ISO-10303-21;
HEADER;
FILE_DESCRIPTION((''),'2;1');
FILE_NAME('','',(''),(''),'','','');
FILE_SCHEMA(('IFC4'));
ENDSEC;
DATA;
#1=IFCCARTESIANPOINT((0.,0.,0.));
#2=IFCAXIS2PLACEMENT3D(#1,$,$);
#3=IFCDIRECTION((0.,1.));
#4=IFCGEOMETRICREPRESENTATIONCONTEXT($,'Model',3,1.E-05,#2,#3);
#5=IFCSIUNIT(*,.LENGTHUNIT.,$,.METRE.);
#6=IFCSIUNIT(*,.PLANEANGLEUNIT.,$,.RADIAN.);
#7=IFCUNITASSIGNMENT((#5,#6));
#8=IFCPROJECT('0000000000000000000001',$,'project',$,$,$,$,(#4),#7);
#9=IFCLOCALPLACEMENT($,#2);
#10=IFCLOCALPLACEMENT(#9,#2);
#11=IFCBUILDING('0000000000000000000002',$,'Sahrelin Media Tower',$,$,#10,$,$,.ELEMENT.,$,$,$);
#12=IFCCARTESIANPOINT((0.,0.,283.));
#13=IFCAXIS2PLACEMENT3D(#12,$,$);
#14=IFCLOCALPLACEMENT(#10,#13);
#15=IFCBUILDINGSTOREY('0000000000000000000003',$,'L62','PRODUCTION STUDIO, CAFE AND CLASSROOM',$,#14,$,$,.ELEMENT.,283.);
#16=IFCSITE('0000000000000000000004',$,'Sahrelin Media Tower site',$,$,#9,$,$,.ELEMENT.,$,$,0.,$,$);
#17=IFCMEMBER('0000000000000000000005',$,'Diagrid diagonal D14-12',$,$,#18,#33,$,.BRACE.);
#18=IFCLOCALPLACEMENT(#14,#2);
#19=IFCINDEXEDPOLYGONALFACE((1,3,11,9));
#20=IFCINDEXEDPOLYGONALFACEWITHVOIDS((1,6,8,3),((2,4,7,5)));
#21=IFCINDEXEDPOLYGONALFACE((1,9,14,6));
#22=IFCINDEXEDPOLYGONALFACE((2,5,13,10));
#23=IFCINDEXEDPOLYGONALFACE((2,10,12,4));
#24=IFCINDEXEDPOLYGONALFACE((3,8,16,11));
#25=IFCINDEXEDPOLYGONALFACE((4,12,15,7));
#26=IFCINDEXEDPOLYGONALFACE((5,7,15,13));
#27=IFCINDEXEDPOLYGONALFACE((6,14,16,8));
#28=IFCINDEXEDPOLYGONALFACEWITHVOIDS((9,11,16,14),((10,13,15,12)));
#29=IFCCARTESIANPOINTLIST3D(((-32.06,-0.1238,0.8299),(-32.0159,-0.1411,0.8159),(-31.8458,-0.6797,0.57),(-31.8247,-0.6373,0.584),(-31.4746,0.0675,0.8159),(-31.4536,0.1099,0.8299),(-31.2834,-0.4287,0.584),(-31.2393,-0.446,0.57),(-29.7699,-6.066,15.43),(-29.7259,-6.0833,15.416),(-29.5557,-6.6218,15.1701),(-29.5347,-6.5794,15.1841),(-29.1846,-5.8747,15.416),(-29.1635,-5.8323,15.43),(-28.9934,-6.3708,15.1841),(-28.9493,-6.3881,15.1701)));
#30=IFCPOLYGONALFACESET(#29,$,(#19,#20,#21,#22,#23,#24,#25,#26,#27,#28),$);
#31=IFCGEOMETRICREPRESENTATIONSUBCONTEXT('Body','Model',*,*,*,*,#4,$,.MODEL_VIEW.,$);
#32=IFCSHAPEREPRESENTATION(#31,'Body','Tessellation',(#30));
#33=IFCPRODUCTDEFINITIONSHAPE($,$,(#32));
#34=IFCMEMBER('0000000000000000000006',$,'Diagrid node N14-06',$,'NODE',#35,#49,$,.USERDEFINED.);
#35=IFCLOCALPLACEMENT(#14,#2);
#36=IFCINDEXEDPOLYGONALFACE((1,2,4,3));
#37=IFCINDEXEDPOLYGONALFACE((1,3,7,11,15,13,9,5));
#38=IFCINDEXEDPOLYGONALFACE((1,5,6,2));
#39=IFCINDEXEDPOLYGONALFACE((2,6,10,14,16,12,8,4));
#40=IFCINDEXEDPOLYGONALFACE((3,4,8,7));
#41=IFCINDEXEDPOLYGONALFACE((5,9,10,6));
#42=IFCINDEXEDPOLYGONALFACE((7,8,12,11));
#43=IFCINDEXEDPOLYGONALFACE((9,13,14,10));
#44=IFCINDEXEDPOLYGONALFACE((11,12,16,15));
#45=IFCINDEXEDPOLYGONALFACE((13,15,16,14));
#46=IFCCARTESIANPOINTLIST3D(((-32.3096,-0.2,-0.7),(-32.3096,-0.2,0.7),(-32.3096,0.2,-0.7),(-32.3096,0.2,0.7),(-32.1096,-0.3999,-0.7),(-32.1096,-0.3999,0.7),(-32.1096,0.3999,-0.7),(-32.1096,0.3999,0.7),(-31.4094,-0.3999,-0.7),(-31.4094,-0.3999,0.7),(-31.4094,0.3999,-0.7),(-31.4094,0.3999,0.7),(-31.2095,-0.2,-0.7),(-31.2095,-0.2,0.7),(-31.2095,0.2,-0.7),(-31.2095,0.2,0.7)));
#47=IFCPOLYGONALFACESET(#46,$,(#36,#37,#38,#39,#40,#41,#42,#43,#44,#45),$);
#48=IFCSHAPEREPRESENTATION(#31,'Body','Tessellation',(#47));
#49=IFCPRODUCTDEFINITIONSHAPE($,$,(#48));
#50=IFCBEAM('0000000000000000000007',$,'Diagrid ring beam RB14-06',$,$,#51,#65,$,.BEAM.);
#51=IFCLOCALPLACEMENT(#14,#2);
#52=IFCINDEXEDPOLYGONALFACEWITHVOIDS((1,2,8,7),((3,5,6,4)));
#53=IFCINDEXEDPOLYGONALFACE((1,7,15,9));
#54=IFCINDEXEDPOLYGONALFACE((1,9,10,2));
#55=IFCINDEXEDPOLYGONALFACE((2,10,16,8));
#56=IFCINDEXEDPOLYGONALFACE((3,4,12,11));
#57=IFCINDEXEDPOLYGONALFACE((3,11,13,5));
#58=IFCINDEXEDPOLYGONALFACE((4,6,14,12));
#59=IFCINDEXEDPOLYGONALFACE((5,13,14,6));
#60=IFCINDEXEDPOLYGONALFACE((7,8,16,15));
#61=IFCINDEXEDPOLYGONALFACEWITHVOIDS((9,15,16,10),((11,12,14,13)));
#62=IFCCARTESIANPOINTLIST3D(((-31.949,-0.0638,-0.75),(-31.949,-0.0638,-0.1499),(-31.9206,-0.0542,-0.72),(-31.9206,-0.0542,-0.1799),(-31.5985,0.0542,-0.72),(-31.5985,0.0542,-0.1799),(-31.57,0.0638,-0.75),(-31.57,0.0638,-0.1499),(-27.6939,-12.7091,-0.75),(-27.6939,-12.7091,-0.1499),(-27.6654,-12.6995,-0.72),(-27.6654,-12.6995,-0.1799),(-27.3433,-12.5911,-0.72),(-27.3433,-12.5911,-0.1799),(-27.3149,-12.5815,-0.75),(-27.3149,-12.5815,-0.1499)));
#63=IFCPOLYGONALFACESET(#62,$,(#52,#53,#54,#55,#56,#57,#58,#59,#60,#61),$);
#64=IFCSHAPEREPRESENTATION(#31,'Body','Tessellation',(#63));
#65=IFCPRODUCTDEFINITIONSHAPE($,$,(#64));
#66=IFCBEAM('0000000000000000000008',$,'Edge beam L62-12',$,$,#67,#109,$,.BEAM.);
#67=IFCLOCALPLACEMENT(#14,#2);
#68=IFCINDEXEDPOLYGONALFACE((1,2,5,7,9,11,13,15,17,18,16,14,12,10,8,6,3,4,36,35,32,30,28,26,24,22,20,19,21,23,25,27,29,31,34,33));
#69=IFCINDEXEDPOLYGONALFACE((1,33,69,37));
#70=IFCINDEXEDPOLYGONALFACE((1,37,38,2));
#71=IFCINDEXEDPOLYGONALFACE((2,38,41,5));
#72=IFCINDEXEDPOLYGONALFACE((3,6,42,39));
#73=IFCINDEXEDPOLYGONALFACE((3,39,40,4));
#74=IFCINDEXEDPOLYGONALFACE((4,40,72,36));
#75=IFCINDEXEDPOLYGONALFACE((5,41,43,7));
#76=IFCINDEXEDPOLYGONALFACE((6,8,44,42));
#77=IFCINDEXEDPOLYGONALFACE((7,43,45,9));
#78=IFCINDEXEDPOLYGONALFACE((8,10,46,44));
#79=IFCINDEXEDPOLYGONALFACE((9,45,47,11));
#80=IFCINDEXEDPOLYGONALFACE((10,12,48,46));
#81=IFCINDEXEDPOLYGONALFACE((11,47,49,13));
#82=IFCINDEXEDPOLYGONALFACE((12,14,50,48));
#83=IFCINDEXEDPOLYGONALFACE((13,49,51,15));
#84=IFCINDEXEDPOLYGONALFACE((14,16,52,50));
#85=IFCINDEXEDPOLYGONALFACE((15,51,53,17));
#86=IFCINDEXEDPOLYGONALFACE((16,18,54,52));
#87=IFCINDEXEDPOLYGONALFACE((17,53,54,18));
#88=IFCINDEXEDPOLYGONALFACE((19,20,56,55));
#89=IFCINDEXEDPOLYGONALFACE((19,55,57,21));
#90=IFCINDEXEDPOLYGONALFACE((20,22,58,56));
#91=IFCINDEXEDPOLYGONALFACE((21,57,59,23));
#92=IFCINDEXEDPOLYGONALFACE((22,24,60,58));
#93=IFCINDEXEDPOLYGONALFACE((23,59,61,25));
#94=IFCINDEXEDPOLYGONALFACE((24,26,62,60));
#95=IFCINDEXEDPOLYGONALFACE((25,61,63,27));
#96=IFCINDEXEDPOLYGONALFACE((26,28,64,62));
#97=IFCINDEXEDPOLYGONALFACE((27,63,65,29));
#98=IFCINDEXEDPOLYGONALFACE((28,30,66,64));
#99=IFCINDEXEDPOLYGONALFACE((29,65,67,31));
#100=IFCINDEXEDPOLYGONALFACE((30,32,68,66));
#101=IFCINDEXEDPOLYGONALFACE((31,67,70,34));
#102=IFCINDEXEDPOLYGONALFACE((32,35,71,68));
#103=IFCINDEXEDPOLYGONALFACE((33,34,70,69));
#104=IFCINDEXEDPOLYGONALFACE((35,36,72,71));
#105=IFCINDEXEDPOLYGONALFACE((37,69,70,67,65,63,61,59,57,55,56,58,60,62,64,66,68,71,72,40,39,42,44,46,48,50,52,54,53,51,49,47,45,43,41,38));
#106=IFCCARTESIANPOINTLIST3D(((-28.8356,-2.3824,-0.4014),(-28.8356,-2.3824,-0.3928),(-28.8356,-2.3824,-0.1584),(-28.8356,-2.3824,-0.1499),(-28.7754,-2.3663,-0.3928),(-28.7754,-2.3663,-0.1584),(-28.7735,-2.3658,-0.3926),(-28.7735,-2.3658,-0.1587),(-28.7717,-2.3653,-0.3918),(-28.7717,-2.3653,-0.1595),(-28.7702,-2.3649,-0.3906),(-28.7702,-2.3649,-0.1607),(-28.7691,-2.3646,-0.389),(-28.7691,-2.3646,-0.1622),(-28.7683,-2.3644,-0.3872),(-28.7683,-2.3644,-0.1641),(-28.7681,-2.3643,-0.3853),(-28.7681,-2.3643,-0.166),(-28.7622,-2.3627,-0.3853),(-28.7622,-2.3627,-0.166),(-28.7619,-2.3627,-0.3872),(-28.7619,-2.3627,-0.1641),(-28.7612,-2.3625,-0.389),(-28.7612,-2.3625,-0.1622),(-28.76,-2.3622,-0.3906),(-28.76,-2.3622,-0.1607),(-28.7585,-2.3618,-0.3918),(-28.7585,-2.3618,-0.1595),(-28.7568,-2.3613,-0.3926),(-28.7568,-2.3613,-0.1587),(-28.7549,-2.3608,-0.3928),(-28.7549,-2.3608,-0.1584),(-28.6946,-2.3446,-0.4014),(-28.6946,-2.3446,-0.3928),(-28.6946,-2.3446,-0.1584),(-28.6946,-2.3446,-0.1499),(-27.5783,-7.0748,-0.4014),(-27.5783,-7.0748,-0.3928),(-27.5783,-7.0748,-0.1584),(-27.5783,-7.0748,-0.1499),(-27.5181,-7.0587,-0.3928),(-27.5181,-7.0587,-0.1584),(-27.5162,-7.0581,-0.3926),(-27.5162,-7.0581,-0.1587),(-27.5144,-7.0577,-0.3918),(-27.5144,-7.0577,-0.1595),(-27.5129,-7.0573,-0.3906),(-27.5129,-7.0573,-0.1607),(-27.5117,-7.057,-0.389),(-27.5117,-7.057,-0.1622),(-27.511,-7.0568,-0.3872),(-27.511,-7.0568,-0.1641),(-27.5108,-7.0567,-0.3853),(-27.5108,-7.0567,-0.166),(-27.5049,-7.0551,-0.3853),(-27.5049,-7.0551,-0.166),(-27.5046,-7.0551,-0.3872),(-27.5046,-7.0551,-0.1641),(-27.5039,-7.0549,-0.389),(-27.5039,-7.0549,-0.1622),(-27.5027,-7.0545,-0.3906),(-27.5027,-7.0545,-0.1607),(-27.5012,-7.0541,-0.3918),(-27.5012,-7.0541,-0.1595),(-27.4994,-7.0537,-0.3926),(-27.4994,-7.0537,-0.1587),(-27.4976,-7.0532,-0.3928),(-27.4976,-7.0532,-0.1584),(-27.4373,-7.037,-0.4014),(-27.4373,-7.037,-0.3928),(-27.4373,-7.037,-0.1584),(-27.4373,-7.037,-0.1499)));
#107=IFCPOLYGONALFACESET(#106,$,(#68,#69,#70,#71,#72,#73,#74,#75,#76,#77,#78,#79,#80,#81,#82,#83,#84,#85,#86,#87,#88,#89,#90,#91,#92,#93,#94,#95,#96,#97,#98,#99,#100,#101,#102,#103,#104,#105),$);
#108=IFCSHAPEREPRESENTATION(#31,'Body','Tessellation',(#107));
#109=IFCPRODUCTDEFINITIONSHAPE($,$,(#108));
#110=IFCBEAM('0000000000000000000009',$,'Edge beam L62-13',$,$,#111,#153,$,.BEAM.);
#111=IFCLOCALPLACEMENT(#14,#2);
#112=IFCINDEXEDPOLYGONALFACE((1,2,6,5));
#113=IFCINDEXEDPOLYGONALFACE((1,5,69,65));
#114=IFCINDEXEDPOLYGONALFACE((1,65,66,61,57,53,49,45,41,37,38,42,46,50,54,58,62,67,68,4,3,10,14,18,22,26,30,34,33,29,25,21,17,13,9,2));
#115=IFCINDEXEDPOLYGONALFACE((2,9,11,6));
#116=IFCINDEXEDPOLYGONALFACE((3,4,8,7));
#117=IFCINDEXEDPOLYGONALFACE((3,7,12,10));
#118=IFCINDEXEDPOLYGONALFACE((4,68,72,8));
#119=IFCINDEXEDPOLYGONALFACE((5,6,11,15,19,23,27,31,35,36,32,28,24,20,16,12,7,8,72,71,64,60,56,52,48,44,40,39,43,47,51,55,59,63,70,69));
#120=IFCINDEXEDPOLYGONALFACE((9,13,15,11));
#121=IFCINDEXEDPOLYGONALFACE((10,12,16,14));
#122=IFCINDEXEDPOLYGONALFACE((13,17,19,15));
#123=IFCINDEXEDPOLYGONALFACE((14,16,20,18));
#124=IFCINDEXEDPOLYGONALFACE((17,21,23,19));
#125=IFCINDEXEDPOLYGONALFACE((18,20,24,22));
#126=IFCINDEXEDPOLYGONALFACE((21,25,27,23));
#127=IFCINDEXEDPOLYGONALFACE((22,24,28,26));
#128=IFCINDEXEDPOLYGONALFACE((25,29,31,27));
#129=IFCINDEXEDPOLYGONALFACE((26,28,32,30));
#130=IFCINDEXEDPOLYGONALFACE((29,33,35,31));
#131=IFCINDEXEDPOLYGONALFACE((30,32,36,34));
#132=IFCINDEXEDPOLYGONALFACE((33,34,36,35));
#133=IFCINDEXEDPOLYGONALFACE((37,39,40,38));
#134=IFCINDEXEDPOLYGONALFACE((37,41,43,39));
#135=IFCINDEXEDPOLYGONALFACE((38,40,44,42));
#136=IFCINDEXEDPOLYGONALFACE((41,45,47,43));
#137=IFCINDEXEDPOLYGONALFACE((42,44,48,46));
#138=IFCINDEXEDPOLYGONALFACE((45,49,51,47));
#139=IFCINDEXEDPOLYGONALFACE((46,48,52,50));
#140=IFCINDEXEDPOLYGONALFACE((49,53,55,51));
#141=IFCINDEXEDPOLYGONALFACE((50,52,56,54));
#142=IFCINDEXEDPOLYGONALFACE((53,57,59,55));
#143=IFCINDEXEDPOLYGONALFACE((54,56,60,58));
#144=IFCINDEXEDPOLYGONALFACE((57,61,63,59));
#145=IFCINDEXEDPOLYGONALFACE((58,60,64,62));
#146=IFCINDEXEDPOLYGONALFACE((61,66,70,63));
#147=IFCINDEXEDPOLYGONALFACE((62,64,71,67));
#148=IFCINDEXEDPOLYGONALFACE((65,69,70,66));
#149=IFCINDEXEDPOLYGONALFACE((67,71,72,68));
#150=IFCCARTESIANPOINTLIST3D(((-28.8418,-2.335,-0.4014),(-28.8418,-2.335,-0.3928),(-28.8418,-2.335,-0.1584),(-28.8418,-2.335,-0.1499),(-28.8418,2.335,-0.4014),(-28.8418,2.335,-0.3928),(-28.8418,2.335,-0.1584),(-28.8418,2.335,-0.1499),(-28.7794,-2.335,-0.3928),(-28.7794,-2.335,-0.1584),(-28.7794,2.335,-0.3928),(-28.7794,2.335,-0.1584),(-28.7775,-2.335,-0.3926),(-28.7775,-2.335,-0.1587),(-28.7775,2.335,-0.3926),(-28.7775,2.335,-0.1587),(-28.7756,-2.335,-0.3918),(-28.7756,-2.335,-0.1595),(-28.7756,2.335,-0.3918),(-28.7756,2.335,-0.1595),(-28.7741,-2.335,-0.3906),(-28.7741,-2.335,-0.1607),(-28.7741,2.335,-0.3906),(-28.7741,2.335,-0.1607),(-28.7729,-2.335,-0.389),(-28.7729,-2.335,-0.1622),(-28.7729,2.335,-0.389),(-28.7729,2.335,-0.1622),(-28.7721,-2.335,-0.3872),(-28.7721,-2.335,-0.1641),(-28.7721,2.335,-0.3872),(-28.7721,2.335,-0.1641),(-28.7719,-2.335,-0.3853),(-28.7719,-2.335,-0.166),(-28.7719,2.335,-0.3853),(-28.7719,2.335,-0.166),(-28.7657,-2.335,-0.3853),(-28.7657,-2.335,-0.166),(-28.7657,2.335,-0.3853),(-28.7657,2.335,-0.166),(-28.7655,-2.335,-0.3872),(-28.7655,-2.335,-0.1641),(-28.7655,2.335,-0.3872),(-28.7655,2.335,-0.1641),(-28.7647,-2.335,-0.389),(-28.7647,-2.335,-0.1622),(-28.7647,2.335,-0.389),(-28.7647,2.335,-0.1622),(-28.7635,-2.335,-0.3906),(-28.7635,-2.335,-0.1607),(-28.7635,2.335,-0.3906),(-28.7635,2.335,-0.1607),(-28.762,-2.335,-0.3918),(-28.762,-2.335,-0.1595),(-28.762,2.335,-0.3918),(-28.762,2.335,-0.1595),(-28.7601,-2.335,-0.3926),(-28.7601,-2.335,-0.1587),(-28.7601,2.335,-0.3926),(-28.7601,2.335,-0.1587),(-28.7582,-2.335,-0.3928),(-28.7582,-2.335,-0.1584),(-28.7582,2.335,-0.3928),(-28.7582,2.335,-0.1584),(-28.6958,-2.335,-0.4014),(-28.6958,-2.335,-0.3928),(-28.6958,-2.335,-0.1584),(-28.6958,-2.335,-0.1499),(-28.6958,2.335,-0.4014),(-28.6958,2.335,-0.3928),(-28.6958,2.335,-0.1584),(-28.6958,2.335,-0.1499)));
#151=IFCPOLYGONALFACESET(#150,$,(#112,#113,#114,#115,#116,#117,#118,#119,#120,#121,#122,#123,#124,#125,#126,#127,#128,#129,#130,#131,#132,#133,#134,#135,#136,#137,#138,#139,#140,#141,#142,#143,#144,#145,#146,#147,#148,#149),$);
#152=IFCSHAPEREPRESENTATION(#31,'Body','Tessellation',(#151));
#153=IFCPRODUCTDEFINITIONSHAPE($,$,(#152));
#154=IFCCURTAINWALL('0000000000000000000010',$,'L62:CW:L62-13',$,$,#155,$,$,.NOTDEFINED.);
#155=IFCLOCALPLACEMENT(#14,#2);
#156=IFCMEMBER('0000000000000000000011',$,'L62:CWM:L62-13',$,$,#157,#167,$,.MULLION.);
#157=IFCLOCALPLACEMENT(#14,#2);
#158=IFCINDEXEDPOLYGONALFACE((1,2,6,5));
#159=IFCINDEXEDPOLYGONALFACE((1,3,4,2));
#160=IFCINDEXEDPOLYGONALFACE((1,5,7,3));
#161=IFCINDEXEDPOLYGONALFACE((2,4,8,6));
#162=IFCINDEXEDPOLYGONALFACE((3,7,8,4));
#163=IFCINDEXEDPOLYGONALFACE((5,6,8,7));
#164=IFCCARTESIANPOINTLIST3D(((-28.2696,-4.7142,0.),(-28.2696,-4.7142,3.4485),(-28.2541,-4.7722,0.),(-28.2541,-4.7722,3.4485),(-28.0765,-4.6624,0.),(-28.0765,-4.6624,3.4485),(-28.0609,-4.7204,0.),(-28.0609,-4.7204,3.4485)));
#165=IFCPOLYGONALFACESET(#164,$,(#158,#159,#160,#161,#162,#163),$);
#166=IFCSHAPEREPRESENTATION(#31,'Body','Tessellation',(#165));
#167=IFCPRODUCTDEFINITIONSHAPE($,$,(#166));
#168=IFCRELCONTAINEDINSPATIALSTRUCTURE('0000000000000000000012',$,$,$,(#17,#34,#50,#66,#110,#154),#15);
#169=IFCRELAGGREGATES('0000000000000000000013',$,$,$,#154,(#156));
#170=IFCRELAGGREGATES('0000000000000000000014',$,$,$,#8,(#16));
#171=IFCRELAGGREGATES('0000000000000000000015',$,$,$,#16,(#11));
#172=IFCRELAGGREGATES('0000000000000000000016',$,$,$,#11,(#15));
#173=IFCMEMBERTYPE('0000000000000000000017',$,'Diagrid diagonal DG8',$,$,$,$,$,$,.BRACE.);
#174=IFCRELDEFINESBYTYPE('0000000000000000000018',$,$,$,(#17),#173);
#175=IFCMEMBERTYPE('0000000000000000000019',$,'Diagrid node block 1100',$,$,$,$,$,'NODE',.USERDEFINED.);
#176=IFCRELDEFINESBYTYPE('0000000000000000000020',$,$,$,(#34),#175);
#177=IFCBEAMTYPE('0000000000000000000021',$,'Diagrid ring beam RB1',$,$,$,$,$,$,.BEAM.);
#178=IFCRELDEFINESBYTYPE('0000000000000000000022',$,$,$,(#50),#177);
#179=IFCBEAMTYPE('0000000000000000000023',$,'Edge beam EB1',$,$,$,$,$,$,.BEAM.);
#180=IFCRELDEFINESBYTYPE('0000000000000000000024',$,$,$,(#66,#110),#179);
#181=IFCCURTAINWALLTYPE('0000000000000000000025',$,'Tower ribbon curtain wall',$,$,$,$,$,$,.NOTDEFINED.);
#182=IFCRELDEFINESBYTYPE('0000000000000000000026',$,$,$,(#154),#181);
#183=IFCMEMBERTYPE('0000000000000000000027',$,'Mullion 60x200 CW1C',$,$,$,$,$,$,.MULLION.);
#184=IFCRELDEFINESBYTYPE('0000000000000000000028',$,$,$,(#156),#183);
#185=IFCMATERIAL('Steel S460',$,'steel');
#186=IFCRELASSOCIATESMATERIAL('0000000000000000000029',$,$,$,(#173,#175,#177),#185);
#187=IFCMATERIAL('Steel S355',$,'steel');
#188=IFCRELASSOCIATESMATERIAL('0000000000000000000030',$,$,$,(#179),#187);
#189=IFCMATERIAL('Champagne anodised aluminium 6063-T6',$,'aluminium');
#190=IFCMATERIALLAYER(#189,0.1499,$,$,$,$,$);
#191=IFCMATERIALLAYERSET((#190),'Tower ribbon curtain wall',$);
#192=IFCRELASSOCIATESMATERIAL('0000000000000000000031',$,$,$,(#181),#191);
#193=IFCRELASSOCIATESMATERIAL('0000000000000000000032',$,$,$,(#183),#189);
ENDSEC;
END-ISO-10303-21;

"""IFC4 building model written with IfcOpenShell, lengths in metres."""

from ifc_helpers import new_model, si_unit, direction, frame, origin, origin_2d, place, context, subcontext, project, spatial, polyline, rectangle, hollow_rectangle, i_section, outline, extrude, material, layer, layer_set, material_profile, profile_set, type_object, element, aggregate, save


model = new_model("IFC4")

# Units and contexts
model_context = context("Model", 3, precision=1e-05, world=origin(), true_north=direction((0.0, 1.0)))
body_context = subcontext(model_context, "Body", "Model", "MODEL_VIEW")
ifc_project = project(units=[si_unit("LENGTHUNIT", "METRE"), si_unit("PLANEANGLEUNIT", "RADIAN")], contexts=[model_context])

# Site, building, storey
site_placement = place(None, origin())
site = spatial("IfcSite", under=ifc_project, at=site_placement, Name="Sahrelin Media Tower site", CompositionType="ELEMENT", RefElevation=0.0)
building_placement = place(site_placement, origin())
building = spatial("IfcBuilding", under=site, at=building_placement, Name="Sahrelin Media Tower", CompositionType="ELEMENT")
storey_placement = place(building_placement, frame((0.0, 0.0, 283.0)))
storey = spatial("IfcBuildingStorey", under=building, at=storey_placement, Name="L62", Description="PRODUCTION STUDIO, CAFE AND CLASSROOM", CompositionType="ELEMENT", Elevation=283.0)

# Members
ifc_material_1 = material(Name="Steel S460", Category="steel")
ifc_material_profile_1 = material_profile(ifc_material_1, hollow_rectangle(XDim=0.6499, YDim=0.6499, WallThickness=0.0349, at=origin_2d()), Name="Diagrid diagonal DG8")
ifc_profile_set_1 = profile_set([ifc_material_profile_1], Name="Steel S460")
member_type_1 = type_object("IfcMemberType", Name="Diagrid diagonal DG8", PredefinedType="BRACE", material=ifc_profile_set_1)
member_1_placement = place(storey_placement, frame((-31.6497, -0.2849, 0.7), z_axis=(0.14377, -0.373051, 0.916604), x_axis=(0.933103, 0.359608, 0.0)))
element("IfcMember", 1, at=member_1_placement, inside=storey, type_object=member_type_1, Name="Diagrid diagonal D14-12", PredefinedType="BRACE", context=body_context, shape_type="SweptSolid", body=[
    extrude(hollow_rectangle(XDim=0.6499, YDim=0.6499, WallThickness=0.0349, at=origin_2d()), origin(), (0.0, 0.0, 1.0), 15.9285),
])
ifc_material_profile_2 = material_profile(ifc_material_1, outline(polyline([(0.3501, -0.3999), (0.55, -0.2), (0.55, 0.2), (0.3501, 0.3999), (-0.3501, 0.3999), (-0.55, 0.2), (-0.55, -0.2), (-0.3501, -0.3999), (0.3501, -0.3999)])), Name="Diagrid node block 1100")
ifc_profile_set_2 = profile_set([ifc_material_profile_2], Name="Steel S460")
member_type_2 = type_object("IfcMemberType", Name="Diagrid node block 1100", ElementType="NODE", PredefinedType="USERDEFINED", material=ifc_profile_set_2)
member_2_placement = place(storey_placement, frame((-31.7595, 0.0, -0.7), z_axis=(0.0, 0.0, 1.0), x_axis=(-1.0, 0.0, 0.0)))
element("IfcMember", 2, at=member_2_placement, inside=storey, type_object=member_type_2, Name="Diagrid node N14-06", ObjectType="NODE", PredefinedType="USERDEFINED", context=body_context, shape_type="SweptSolid", body=[
    extrude(outline(polyline([(0.3501, -0.3999), (0.55, -0.2), (0.55, 0.2), (0.3501, 0.3999), (-0.3501, 0.3999), (-0.55, 0.2), (-0.55, -0.2), (-0.3501, -0.3999), (0.3501, -0.3999)])), origin(), (0.0, 0.0, 1.0), 1.3999),
])

# Beams
ifc_material_profile_3 = material_profile(ifc_material_1, hollow_rectangle(XDim=0.3999, YDim=0.6001, WallThickness=0.03, at=origin_2d()), Name="Diagrid ring beam RB1")
ifc_profile_set_3 = profile_set([ifc_material_profile_3], Name="Steel S460")
beam_type_1 = type_object("IfcBeamType", Name="Diagrid ring beam RB1", PredefinedType="BEAM", material=ifc_profile_set_3)
beam_1_placement = place(storey_placement, frame((-31.7595, 0.0, -0.45), z_axis=(0.318927, -0.947779, 0.0), x_axis=(0.947779, 0.318927, 0.0)))
element("IfcBeam", 3, at=beam_1_placement, inside=storey, type_object=beam_type_1, Name="Diagrid ring beam RB14-06", PredefinedType="BEAM", context=body_context, shape_type="SweptSolid", body=[
    extrude(hollow_rectangle(XDim=0.3999, YDim=0.6001, WallThickness=0.03, at=origin_2d()), origin(), (0.0, 0.0, 1.0), 13.342),
])
ifc_material_2 = material(Name="Steel S355", Category="steel")
ifc_material_profile_4 = material_profile(ifc_material_2, i_section(OverallWidth=0.146, OverallDepth=0.2515, WebThickness=0.0061, FlangeThickness=0.0085, FilletRadius=0.0076, at=origin_2d()), Name="UB 254x146x31")
ifc_profile_set_4 = profile_set([ifc_material_profile_4], Name="Steel S355")
beam_type_2 = type_object("IfcBeamType", Name="Edge beam EB1", PredefinedType="BEAM", material=ifc_profile_set_4)
beam_2_placement = place(storey_placement, frame((-27.5078, -7.0559, -0.2756), z_axis=(-0.25882, 0.965926, 0.0), x_axis=(-0.965926, -0.25882, 0.0)))
element("IfcBeam", 4, at=beam_2_placement, inside=storey, type_object=beam_type_2, Name="Edge beam L62-12", PredefinedType="BEAM", context=body_context, shape_type="SweptSolid", body=[
    extrude(i_section(OverallWidth=0.146, OverallDepth=0.2515, WebThickness=0.0061, FlangeThickness=0.0085, FilletRadius=0.0076, at=origin_2d()), origin(), (0.0, 0.0, 1.0), 4.8579),
])
beam_3_placement = place(storey_placement, frame((-28.7688, -2.335, -0.2756), z_axis=(0.0, 1.0, 0.0), x_axis=(-1.0, 0.0, 0.0)))
element("IfcBeam", 5, at=beam_3_placement, inside=storey, type_object=beam_type_2, Name="Edge beam L62-13", PredefinedType="BEAM", context=body_context, shape_type="SweptSolid", body=[
    extrude(i_section(OverallWidth=0.146, OverallDepth=0.2515, WebThickness=0.0061, FlangeThickness=0.0085, FilletRadius=0.0076, at=origin_2d()), origin(), (0.0, 0.0, 1.0), 4.6699),
])

# Curtain wall, member
ifc_material_3 = material(Name="Champagne anodised aluminium 6063-T6", Category="aluminium")
ifc_layer_1 = layer(ifc_material_3, 0.1499)
ifc_layer_set_1 = layer_set([ifc_layer_1], Name="Tower ribbon curtain wall")
curtain_wall_type = type_object("IfcCurtainWallType", Name="Tower ribbon curtain wall", PredefinedType="NOTDEFINED", material=ifc_layer_set_1)
curtain_wall_1_placement = place(storey_placement, frame((-28.2812, -4.7485, 0.0), z_axis=(0.0, 0.0, 1.0), x_axis=(1.0, 0.0, 0.0)))
curtain_wall_1 = element("IfcCurtainWall", 6, at=curtain_wall_1_placement, inside=storey, type_object=curtain_wall_type, Name="L62:CW:L62-13", PredefinedType="NOTDEFINED")
ifc_material_profile_5 = material_profile(ifc_material_3, rectangle(XDim=0.0601, YDim=0.2, at=origin_2d()), Name="Mullion 60x200")
ifc_profile_set_5 = profile_set([ifc_material_profile_5], Name="Champagne anodised aluminium 6063-T6")
member_type_3 = type_object("IfcMemberType", Name="Mullion 60x200 CW1C", PredefinedType="MULLION", material=ifc_profile_set_5)
member_3_placement = place(storey_placement, frame((-28.1653, -4.7173, 0.0), z_axis=(0.0, 0.0, 1.0), x_axis=(0.258826, -0.965924, 0.0)))
member_3 = element("IfcMember", 7, at=member_3_placement, type_object=member_type_3, Name="L62:CWM:L62-13", PredefinedType="MULLION", context=body_context, shape_type="SweptSolid", body=[
    extrude(rectangle(XDim=0.0601, YDim=0.2, at=origin_2d()), origin(), (0.0, 0.0, 1.0), 3.4485),
])

aggregate(curtain_wall_1, [member_3])

save(model, "model.ifc")
